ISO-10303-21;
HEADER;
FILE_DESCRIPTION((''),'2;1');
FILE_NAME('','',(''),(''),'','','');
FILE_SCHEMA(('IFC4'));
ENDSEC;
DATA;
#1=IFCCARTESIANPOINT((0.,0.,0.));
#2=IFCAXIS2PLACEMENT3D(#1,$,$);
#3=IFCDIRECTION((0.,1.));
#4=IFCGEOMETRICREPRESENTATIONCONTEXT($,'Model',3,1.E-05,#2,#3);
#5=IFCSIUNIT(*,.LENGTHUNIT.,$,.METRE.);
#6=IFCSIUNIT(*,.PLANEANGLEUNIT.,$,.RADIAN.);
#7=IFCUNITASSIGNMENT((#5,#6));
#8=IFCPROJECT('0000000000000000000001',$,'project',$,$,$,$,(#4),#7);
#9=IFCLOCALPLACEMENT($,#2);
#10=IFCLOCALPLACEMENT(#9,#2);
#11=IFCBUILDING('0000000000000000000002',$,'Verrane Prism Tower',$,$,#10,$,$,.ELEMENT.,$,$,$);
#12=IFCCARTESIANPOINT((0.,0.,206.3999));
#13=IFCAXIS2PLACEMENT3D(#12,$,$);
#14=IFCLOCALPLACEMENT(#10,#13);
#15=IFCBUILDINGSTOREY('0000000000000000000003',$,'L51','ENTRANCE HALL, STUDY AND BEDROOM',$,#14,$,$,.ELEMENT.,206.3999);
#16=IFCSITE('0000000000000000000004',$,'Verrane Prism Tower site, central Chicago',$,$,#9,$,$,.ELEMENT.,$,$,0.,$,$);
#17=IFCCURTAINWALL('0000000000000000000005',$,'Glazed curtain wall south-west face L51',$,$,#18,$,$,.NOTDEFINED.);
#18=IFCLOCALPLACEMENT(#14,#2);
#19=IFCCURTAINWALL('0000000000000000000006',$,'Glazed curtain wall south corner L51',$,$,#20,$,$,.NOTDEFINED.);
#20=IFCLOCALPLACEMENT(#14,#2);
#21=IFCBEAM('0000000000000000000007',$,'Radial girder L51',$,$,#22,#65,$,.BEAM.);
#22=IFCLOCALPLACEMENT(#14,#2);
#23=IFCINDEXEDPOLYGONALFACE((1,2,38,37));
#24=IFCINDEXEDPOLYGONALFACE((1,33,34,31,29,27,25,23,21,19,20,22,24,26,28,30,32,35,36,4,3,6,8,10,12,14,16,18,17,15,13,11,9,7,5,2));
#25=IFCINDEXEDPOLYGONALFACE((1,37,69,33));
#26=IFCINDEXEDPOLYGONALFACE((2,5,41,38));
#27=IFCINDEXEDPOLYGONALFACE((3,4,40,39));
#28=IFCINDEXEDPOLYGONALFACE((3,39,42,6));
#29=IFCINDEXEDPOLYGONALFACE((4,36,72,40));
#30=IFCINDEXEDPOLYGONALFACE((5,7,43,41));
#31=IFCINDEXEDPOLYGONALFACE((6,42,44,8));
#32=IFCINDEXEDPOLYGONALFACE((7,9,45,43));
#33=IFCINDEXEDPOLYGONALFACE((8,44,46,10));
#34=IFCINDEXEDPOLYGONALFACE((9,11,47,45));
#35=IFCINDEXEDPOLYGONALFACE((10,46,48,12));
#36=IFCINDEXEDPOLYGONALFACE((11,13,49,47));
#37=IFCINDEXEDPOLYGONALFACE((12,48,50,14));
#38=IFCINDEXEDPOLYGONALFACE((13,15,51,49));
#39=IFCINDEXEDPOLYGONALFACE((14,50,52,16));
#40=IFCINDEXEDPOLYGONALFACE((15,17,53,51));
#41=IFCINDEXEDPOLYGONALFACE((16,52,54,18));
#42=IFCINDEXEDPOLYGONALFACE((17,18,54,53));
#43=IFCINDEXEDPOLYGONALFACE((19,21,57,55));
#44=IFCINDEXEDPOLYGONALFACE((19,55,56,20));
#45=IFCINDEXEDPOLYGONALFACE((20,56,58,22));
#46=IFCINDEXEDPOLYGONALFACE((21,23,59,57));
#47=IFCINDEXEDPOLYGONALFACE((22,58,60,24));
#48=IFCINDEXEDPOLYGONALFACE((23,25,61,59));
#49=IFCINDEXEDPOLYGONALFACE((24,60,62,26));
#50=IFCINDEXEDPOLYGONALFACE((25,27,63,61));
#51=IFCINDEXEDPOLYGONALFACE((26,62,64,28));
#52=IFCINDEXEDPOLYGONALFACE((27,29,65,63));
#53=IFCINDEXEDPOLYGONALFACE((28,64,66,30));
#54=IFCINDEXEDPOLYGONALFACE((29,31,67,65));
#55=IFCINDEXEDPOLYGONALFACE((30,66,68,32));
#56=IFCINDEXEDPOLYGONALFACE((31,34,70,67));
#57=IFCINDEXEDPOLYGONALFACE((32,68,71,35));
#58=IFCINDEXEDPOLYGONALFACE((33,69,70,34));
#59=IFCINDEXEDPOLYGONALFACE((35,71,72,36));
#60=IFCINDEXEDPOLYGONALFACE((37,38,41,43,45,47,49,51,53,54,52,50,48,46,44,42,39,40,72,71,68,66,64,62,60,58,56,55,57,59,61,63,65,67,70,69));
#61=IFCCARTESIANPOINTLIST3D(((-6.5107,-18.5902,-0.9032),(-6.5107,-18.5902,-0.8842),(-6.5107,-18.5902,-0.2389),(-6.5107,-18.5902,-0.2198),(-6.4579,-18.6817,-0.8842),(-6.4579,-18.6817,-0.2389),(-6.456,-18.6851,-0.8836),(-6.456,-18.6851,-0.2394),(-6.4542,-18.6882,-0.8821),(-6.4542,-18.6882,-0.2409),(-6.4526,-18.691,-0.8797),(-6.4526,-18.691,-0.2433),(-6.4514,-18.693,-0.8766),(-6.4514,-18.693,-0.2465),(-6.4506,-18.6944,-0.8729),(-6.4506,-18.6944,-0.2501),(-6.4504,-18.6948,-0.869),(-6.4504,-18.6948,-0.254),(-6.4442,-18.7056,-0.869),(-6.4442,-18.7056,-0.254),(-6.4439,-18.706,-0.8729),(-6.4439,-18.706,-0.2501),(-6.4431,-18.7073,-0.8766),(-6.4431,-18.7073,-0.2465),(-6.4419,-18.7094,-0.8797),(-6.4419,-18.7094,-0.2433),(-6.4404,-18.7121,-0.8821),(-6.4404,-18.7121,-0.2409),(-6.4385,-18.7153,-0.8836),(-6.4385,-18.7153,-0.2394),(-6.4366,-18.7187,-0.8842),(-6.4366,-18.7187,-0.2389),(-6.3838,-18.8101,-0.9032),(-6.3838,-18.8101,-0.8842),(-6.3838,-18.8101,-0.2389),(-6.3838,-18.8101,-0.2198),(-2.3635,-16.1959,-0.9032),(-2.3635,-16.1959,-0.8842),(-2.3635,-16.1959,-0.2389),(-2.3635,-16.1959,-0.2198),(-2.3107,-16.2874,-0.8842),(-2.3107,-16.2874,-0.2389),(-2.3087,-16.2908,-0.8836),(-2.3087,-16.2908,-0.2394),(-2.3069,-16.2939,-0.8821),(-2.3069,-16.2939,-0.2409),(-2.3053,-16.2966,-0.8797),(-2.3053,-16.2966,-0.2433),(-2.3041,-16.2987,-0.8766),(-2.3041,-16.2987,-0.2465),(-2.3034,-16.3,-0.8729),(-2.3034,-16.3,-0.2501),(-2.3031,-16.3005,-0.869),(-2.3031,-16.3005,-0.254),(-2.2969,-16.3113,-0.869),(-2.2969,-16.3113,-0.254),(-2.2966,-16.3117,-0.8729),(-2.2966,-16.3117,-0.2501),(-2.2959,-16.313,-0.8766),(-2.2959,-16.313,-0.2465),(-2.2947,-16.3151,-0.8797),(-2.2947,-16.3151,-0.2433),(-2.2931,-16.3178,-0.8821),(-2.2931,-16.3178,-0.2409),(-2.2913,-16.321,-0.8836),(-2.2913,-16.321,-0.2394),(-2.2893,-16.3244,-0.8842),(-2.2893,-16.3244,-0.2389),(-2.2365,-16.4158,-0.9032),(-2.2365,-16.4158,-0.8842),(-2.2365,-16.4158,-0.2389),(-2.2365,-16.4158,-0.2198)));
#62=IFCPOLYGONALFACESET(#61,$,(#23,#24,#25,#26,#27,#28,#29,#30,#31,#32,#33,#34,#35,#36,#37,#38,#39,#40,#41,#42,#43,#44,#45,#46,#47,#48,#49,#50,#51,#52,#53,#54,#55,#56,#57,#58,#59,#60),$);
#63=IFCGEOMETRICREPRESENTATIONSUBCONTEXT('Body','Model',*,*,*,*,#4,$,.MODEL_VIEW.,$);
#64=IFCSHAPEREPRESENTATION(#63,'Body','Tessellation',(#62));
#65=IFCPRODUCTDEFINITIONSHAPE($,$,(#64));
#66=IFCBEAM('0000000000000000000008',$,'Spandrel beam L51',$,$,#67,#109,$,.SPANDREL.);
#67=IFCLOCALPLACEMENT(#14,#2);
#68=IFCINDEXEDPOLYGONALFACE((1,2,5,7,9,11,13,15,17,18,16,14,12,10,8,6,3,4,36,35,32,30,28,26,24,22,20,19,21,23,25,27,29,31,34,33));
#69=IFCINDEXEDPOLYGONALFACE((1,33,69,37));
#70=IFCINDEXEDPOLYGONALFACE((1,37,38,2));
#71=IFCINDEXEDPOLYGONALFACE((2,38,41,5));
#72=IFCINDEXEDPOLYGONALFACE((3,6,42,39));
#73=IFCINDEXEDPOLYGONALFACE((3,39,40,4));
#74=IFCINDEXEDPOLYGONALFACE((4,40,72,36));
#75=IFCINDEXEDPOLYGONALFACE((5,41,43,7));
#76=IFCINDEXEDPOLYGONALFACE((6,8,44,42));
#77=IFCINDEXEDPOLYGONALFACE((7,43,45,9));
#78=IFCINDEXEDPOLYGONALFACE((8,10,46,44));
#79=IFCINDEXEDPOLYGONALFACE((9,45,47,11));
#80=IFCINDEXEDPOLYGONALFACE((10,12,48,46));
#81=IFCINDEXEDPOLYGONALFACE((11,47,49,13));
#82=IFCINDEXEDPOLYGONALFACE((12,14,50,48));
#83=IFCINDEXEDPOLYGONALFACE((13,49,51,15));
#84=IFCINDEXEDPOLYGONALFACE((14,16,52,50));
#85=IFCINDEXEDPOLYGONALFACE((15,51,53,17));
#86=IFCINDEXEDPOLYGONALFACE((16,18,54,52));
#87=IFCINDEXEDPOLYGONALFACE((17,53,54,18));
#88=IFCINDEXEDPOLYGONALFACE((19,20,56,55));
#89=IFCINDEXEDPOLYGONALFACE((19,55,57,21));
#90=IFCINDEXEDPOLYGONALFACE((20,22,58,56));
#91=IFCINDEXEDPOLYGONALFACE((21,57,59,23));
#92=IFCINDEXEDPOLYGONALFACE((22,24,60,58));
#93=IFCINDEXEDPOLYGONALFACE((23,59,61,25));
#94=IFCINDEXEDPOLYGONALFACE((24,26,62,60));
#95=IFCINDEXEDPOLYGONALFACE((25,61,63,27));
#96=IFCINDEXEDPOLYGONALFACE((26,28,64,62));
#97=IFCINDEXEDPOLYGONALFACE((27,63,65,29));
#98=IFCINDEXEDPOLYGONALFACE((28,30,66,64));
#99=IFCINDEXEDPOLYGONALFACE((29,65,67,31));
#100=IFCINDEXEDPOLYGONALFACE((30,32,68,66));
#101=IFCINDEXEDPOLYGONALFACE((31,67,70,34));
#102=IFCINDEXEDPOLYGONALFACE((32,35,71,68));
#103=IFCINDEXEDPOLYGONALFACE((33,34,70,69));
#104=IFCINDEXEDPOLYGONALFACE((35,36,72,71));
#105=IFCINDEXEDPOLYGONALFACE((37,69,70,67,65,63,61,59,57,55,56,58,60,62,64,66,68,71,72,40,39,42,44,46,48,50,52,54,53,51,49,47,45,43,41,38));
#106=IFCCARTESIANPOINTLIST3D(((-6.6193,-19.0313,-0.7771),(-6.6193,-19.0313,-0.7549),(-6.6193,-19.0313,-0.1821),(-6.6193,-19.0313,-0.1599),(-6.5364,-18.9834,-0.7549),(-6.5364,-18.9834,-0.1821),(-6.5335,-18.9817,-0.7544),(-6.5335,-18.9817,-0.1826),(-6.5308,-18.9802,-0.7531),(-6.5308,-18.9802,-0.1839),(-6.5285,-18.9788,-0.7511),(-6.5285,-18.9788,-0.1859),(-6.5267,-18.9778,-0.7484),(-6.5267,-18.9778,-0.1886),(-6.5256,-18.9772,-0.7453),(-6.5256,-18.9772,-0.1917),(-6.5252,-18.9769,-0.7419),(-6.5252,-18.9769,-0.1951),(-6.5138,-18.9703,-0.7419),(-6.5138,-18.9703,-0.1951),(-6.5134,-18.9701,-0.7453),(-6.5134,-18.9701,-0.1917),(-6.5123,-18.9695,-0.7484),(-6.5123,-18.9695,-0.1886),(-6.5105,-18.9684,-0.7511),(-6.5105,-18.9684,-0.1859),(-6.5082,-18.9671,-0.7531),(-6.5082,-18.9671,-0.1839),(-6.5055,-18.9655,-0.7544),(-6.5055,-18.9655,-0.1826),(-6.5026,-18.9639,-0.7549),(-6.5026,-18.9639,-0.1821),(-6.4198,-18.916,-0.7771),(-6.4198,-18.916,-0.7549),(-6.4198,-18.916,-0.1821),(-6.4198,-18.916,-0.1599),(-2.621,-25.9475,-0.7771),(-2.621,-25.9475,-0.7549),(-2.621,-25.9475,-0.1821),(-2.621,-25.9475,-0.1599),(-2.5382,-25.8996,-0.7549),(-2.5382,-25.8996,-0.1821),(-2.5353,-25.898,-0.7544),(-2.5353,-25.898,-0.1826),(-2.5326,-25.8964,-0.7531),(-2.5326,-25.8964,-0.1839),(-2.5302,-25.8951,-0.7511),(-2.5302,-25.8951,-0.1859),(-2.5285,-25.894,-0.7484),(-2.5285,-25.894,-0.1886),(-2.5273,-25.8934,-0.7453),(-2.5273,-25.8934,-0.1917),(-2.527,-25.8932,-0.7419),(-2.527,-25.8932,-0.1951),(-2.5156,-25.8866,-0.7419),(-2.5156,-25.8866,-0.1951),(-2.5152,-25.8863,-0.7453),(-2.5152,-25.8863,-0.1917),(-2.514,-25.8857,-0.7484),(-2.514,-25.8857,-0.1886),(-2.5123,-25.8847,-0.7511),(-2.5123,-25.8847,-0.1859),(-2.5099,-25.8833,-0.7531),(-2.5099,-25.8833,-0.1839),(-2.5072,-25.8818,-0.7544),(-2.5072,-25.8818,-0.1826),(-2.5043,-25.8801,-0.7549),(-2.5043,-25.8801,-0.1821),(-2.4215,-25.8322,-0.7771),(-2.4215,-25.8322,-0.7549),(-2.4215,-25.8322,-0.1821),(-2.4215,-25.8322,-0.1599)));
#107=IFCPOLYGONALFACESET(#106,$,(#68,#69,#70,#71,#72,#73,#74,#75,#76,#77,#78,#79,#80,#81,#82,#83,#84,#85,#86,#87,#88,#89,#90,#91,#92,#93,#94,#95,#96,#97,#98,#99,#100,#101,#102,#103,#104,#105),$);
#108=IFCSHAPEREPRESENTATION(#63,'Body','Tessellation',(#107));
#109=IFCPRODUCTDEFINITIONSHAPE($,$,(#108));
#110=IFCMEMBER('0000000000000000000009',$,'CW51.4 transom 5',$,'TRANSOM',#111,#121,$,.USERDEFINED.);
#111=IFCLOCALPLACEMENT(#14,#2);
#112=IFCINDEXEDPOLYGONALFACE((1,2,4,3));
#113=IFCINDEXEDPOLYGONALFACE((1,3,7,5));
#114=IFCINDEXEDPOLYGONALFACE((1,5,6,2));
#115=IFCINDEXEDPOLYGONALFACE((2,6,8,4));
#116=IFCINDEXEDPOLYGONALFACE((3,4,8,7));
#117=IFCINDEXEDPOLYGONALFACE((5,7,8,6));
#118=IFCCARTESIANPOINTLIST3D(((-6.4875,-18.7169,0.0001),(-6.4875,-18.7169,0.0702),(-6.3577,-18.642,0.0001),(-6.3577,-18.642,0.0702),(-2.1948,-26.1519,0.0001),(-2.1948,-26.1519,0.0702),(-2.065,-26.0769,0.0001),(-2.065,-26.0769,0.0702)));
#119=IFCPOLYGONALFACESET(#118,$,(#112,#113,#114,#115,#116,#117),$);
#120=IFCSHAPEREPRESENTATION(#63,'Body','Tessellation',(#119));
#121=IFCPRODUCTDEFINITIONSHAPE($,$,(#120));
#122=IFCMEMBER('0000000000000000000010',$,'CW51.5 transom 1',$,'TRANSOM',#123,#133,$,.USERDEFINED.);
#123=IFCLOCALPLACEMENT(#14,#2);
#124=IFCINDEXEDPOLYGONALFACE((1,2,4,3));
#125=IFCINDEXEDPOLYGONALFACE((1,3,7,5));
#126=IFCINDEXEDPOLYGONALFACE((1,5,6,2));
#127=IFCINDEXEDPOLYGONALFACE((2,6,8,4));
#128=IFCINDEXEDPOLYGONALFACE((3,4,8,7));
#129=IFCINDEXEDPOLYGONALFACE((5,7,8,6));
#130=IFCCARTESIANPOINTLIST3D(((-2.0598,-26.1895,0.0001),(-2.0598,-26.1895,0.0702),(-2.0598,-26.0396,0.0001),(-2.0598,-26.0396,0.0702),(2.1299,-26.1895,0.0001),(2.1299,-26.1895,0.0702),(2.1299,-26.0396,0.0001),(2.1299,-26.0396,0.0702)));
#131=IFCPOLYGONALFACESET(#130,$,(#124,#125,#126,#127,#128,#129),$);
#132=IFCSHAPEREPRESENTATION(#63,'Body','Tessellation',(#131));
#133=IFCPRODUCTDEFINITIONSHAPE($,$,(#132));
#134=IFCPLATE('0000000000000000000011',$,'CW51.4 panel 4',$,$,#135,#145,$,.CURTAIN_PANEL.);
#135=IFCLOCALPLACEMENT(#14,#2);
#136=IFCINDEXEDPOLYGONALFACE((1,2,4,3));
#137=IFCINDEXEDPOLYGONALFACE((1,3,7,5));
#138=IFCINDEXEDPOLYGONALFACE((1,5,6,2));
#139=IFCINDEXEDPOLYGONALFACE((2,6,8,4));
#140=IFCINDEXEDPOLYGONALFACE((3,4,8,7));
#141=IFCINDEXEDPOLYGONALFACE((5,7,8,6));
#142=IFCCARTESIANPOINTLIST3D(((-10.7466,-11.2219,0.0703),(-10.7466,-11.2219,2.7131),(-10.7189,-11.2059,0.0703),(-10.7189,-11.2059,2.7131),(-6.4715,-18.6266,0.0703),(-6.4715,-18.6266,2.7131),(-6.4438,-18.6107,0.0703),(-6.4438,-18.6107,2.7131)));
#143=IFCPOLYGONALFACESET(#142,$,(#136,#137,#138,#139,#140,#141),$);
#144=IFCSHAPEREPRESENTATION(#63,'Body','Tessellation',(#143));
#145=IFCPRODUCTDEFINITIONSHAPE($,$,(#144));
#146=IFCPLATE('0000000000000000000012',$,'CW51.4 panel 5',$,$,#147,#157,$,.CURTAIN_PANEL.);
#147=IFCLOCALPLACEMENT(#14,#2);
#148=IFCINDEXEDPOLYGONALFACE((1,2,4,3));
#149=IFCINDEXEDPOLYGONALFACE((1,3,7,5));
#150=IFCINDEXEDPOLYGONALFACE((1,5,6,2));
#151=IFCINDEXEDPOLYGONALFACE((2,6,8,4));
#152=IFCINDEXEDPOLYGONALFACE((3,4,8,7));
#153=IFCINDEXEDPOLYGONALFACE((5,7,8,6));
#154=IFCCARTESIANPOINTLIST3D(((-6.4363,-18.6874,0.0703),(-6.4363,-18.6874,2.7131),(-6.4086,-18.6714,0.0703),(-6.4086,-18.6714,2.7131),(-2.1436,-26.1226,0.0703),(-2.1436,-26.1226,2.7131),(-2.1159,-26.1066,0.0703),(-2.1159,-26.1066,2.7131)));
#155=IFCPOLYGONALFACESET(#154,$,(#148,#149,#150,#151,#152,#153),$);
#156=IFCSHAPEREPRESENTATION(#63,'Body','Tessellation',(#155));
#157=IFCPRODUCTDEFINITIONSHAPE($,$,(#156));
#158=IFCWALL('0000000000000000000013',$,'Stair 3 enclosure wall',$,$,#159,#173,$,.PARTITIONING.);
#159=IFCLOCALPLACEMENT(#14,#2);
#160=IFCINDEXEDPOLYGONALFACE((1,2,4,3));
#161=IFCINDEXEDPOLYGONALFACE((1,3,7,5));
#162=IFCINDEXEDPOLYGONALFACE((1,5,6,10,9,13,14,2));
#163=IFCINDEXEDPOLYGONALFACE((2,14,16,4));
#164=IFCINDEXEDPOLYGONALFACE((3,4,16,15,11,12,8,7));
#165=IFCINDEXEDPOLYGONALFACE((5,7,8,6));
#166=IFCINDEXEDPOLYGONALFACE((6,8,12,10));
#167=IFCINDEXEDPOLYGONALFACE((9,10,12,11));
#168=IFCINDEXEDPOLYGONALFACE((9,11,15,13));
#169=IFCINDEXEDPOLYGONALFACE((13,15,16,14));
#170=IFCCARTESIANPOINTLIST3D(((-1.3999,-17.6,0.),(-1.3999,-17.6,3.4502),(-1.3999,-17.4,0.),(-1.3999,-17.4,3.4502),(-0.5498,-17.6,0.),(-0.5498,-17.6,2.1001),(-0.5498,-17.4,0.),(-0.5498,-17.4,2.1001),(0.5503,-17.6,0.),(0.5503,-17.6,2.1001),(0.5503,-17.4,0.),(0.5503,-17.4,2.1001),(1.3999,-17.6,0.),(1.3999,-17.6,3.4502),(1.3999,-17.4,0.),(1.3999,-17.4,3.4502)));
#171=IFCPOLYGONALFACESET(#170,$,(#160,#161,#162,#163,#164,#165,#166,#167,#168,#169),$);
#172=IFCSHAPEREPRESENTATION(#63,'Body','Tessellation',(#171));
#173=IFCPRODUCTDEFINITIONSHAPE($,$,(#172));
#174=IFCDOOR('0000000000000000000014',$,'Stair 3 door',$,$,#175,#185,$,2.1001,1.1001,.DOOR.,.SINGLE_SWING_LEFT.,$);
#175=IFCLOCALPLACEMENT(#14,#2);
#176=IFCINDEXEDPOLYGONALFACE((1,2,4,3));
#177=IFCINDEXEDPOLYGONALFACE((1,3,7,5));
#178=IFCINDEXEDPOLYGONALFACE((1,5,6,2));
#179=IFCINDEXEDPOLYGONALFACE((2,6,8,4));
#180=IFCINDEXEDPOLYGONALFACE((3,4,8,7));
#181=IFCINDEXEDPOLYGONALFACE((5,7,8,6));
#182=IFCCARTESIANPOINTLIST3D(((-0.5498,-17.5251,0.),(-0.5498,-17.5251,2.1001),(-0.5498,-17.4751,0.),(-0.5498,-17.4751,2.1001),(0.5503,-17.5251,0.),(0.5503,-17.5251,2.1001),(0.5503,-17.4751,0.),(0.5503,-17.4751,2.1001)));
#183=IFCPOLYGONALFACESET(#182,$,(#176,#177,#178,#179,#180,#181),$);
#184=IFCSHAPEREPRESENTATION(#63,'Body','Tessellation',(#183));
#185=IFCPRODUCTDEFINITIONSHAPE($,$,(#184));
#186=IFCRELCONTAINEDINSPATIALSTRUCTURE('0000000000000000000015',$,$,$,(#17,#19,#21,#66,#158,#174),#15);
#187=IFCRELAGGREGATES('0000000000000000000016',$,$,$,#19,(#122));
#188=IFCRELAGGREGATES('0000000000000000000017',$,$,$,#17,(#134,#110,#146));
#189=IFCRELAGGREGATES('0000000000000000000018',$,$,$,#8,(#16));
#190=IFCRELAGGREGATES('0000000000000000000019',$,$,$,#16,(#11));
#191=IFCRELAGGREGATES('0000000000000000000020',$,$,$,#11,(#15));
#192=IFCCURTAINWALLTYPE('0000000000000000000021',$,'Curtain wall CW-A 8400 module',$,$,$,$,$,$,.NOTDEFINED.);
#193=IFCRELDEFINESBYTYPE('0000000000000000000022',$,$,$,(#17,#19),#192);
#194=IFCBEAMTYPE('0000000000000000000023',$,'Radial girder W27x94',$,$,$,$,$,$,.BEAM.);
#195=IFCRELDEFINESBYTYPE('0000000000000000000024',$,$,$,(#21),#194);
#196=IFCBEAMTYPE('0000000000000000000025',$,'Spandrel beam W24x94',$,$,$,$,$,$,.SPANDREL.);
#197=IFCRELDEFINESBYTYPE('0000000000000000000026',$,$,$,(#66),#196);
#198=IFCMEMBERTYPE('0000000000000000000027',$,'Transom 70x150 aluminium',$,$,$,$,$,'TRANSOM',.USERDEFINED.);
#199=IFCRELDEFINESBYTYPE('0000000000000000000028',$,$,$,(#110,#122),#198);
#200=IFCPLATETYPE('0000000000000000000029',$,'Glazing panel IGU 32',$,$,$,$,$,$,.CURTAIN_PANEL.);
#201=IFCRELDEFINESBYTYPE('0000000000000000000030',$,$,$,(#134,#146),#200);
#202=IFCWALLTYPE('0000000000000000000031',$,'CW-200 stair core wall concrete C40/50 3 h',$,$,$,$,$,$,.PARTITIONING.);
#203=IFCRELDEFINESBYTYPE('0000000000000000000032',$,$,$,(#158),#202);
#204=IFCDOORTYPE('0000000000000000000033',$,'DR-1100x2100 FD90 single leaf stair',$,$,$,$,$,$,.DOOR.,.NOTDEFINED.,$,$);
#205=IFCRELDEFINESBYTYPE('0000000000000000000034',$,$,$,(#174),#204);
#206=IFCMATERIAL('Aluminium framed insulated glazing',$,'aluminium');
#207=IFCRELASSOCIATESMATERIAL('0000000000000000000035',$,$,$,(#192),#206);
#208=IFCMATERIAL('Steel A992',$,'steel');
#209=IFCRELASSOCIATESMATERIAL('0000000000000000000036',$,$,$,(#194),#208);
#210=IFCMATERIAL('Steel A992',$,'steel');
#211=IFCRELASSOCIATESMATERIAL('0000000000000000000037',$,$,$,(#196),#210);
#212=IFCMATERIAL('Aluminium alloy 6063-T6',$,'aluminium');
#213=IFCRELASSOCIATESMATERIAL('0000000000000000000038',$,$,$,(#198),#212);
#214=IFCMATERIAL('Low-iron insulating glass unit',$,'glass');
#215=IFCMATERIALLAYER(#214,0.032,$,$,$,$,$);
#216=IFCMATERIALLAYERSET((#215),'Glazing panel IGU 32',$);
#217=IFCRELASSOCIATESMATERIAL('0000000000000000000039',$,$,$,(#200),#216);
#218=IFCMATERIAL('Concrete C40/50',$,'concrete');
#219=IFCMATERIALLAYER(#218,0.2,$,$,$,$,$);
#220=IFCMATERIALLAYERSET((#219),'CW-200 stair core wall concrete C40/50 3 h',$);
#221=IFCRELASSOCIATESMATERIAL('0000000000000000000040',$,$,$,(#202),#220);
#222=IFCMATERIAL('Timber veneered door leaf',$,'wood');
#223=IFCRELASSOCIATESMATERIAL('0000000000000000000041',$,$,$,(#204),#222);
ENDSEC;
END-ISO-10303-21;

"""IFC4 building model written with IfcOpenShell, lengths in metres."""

from ifc_helpers import new_model, si_unit, direction, frame, frame_2d, origin, origin_2d, place, context, subcontext, project, spatial, rectangle, i_section, extrude, material, layer, layer_set, material_profile, profile_set, type_object, element, fill, aggregate, save


model = new_model("IFC4")

# Units and contexts
model_context = context("Model", 3, precision=1e-05, world=origin(), true_north=direction((0.0, 1.0)))
body_context = subcontext(model_context, "Body", "Model", "MODEL_VIEW")
ifc_project = project(units=[si_unit("LENGTHUNIT", "METRE"), si_unit("PLANEANGLEUNIT", "RADIAN")], contexts=[model_context])

# Site, building, storey
site_placement = place(None, origin())
site = spatial("IfcSite", under=ifc_project, at=site_placement, Name="Verrane Prism Tower site, central Chicago", CompositionType="ELEMENT", RefElevation=0.0)
building_placement = place(site_placement, origin())
building = spatial("IfcBuilding", under=site, at=building_placement, Name="Verrane Prism Tower", CompositionType="ELEMENT")
storey_placement = place(building_placement, frame((0.0, 0.0, 206.3999)))
storey = spatial("IfcBuildingStorey", under=building, at=storey_placement, Name="L51", Description="ENTRANCE HALL, STUDY AND BEDROOM", CompositionType="ELEMENT", Elevation=206.3999)

# Curtain walls
ifc_material_1 = material(Name="Aluminium framed insulated glazing", Category="aluminium")
curtain_wall_type = type_object("IfcCurtainWallType", Name="Curtain wall CW-A 8400 module", PredefinedType="NOTDEFINED", material=ifc_material_1)
curtain_wall_1_placement = place(storey_placement, origin())
curtain_wall_1 = element("IfcCurtainWall", 1, at=curtain_wall_1_placement, inside=storey, type_object=curtain_wall_type, Name="Glazed curtain wall south-west face L51", PredefinedType="NOTDEFINED")
curtain_wall_2_placement = place(storey_placement, origin())
curtain_wall_2 = element("IfcCurtainWall", 2, at=curtain_wall_2_placement, inside=storey, type_object=curtain_wall_type, Name="Glazed curtain wall south corner L51", PredefinedType="NOTDEFINED")

# Beams
ifc_material_2 = material(Name="Steel A992", Category="steel")
ifc_material_profile_1 = material_profile(ifc_material_2, i_section(OverallWidth=0.2539, OverallDepth=0.6833, WebThickness=0.0125, FlangeThickness=0.019, FilletRadius=0.0151, at=origin_2d()), Name="W27x94")
ifc_profile_set_1 = profile_set([ifc_material_profile_1], Name="Steel A992")
beam_type_1 = type_object("IfcBeamType", Name="Radial girder W27x94", PredefinedType="BEAM", material=ifc_profile_set_1)
beam_1_placement = place(storey_placement, frame((-6.4473, -18.7002, -0.5615), z_axis=(0.866035, 0.499983, 0.0), x_axis=(-0.499983, 0.866035, 0.0)))
element("IfcBeam", 3, at=beam_1_placement, inside=storey, type_object=beam_type_1, Name="Radial girder L51", PredefinedType="BEAM", context=body_context, shape_type="SweptSolid", body=[
    extrude(i_section(OverallWidth=0.2539, OverallDepth=0.6833, WebThickness=0.0125, FlangeThickness=0.019, FilletRadius=0.0151, at=origin_2d()), origin(), (0.0, 0.0, 1.0), 4.7888),
])
ifc_material_3 = material(Name="Steel A992", Category="steel")
ifc_material_profile_2 = material_profile(ifc_material_3, i_section(OverallWidth=0.2305, OverallDepth=0.6172, WebThickness=0.0132, FlangeThickness=0.0222, FilletRadius=0.0129, at=origin_2d()), Name="W24x94")
ifc_profile_set_2 = profile_set([ifc_material_profile_2], Name="Steel A992")
beam_type_2 = type_object("IfcBeamType", Name="Spandrel beam W24x94", PredefinedType="SPANDREL", material=ifc_profile_set_2)
beam_2_placement = place(storey_placement, frame((-6.5195, -18.9736, -0.4685), z_axis=(0.500487, -0.865744, 0.0), x_axis=(0.865744, 0.500487, 0.0)))
element("IfcBeam", 4, at=beam_2_placement, inside=storey, type_object=beam_type_2, Name="Spandrel beam L51", PredefinedType="SPANDREL", context=body_context, shape_type="SweptSolid", body=[
    extrude(i_section(OverallWidth=0.2305, OverallDepth=0.6172, WebThickness=0.0132, FlangeThickness=0.0222, FilletRadius=0.0129, at=origin_2d()), origin(), (0.0, 0.0, 1.0), 7.9888),
])

# Members
ifc_material_4 = material(Name="Aluminium alloy 6063-T6", Category="aluminium")
ifc_material_profile_3 = material_profile(ifc_material_4, rectangle(XDim=0.1499, YDim=0.0701, at=origin_2d()), Name="Transom 70x150 aluminium")
ifc_profile_set_3 = profile_set([ifc_material_profile_3], Name="Aluminium alloy 6063-T6")
member_type_1 = type_object("IfcMemberType", Name="Transom 70x150 aluminium", ElementType="TRANSOM", PredefinedType="USERDEFINED", material=ifc_profile_set_3)
member_1_placement = place(storey_placement, frame((-6.4226, -18.6794, 0.0352), z_axis=(0.500008, -0.866021, 0.0), x_axis=(0.866021, 0.500008, 0.0)))
member_1 = element("IfcMember", 5, at=member_1_placement, type_object=member_type_1, Name="CW51.4 transom 5", ObjectType="TRANSOM", PredefinedType="USERDEFINED", context=body_context, shape_type="SweptSolid", body=[
    extrude(rectangle(XDim=0.1499, YDim=0.0701, at=origin_2d()), origin(), (0.0, 0.0, 1.0), 8.5852),
])
member_2_placement = place(storey_placement, frame((-2.0598, -26.1145, 0.0352), z_axis=(1.0, 0.0, 0.0), x_axis=(0.0, 1.0, 0.0)))
member_2 = element("IfcMember", 6, at=member_2_placement, type_object=member_type_1, Name="CW51.5 transom 1", ObjectType="TRANSOM", PredefinedType="USERDEFINED", context=body_context, shape_type="SweptSolid", body=[
    extrude(rectangle(XDim=0.1499, YDim=0.0701, at=origin_2d()), origin(), (0.0, 0.0, 1.0), 4.1897),
])
aggregate(curtain_wall_2, [member_2])

# Plates
ifc_material_5 = material(Name="Low-iron insulating glass unit", Category="glass")
ifc_layer_1 = layer(ifc_material_5, 0.032)
ifc_layer_set_1 = layer_set([ifc_layer_1], Name="Glazing panel IGU 32")
plate_type = type_object("IfcPlateType", Name="Glazing panel IGU 32", PredefinedType="CURTAIN_PANEL", material=ifc_layer_set_1)
plate_1_placement = place(storey_placement, frame((-8.5952, -14.9163, 0.0703), z_axis=(0.0, 0.0, 1.0), x_axis=(0.499999, -0.866026, 0.0)))
plate_1 = element("IfcPlate", 7, at=plate_1_placement, type_object=plate_type, Name="CW51.4 panel 4", PredefinedType="CURTAIN_PANEL", context=body_context, shape_type="SweptSolid", body=[
    extrude(rectangle(XDim=8.5503, YDim=0.032, at=origin_2d()), origin(), (0.0, 0.0, 1.0), 2.6428),
])
plate_2_placement = place(storey_placement, frame((-4.2761, -22.397, 0.0703), z_axis=(0.0, 0.0, 1.0), x_axis=(0.499999, -0.866026, 0.0)))
plate_2 = element("IfcPlate", 8, at=plate_2_placement, type_object=plate_type, Name="CW51.4 panel 5", PredefinedType="CURTAIN_PANEL", context=body_context, shape_type="SweptSolid", body=[
    extrude(rectangle(XDim=8.5854, YDim=0.032, at=origin_2d()), origin(), (0.0, 0.0, 1.0), 2.6428),
])
aggregate(curtain_wall_1, [plate_1, member_1, plate_2])

# Wall, opening, door
ifc_material_6 = material(Name="Concrete C40/50", Category="concrete")
ifc_layer_2 = layer(ifc_material_6, 0.2)
ifc_layer_set_2 = layer_set([ifc_layer_2], Name="CW-200 stair core wall concrete C40/50 3 h")
wall_type_1 = type_object("IfcWallType", Name="CW-200 stair core wall concrete C40/50 3 h", PredefinedType="PARTITIONING", material=ifc_layer_set_2)
wall_1_placement = place(storey_placement, frame((-1.3999, -17.5, 0.0), z_axis=(0.0, 0.0, 1.0), x_axis=(1.0, 0.0, 0.0)))
wall_1 = element("IfcWall", 9, at=wall_1_placement, inside=storey, type_object=wall_type_1, Name="Stair 3 enclosure wall", PredefinedType="PARTITIONING", context=body_context, shape_type="SweptSolid", body=[
    extrude(rectangle(XDim=2.7998, YDim=0.2, at=frame_2d((1.3999, 0.0))), origin(), (0.0, 0.0, 1.0), 3.4502),
])
opening_1_placement = place(wall_1_placement, frame((0.8501, 0.0, 0.0)))
opening_1 = element("IfcOpeningElement", 10, at=opening_1_placement, cuts=wall_1, PredefinedType="OPENING", context=body_context, shape_type="SweptSolid", body=[
    extrude(rectangle(XDim=1.1001, YDim=2.1001, at=frame_2d((0.55, 1.05))), frame((0.0, 0.1099, 0.0), z_axis=(0.0, -1.0, 0.0), x_axis=(1.0, 0.0, 0.0)), (0.0, 0.0, 1.0), 0.22),
])
ifc_material_7 = material(Name="Timber veneered door leaf", Category="wood")
door_type_1 = type_object("IfcDoorType", Name="DR-1100x2100 FD90 single leaf stair", OperationType="NOTDEFINED", PredefinedType="DOOR", material=ifc_material_7)
door_1_placement = place(opening_1_placement, origin())
door_1 = element("IfcDoor", 11, at=door_1_placement, inside=storey, type_object=door_type_1, Name="Stair 3 door", OperationType="SINGLE_SWING_LEFT", OverallHeight=2.1001, OverallWidth=1.1001, PredefinedType="DOOR", context=body_context, shape_type="SweptSolid", body=[
    extrude(rectangle(XDim=1.1001, YDim=2.1001, at=frame_2d((0.55, 1.05))), frame((0.0, 0.0249, 0.0), z_axis=(0.0, -1.0, 0.0), x_axis=(1.0, 0.0, 0.0)), (0.0, 0.0, 1.0), 0.05),
])
fill(opening_1, door_1)

save(model, "model.ifc")
